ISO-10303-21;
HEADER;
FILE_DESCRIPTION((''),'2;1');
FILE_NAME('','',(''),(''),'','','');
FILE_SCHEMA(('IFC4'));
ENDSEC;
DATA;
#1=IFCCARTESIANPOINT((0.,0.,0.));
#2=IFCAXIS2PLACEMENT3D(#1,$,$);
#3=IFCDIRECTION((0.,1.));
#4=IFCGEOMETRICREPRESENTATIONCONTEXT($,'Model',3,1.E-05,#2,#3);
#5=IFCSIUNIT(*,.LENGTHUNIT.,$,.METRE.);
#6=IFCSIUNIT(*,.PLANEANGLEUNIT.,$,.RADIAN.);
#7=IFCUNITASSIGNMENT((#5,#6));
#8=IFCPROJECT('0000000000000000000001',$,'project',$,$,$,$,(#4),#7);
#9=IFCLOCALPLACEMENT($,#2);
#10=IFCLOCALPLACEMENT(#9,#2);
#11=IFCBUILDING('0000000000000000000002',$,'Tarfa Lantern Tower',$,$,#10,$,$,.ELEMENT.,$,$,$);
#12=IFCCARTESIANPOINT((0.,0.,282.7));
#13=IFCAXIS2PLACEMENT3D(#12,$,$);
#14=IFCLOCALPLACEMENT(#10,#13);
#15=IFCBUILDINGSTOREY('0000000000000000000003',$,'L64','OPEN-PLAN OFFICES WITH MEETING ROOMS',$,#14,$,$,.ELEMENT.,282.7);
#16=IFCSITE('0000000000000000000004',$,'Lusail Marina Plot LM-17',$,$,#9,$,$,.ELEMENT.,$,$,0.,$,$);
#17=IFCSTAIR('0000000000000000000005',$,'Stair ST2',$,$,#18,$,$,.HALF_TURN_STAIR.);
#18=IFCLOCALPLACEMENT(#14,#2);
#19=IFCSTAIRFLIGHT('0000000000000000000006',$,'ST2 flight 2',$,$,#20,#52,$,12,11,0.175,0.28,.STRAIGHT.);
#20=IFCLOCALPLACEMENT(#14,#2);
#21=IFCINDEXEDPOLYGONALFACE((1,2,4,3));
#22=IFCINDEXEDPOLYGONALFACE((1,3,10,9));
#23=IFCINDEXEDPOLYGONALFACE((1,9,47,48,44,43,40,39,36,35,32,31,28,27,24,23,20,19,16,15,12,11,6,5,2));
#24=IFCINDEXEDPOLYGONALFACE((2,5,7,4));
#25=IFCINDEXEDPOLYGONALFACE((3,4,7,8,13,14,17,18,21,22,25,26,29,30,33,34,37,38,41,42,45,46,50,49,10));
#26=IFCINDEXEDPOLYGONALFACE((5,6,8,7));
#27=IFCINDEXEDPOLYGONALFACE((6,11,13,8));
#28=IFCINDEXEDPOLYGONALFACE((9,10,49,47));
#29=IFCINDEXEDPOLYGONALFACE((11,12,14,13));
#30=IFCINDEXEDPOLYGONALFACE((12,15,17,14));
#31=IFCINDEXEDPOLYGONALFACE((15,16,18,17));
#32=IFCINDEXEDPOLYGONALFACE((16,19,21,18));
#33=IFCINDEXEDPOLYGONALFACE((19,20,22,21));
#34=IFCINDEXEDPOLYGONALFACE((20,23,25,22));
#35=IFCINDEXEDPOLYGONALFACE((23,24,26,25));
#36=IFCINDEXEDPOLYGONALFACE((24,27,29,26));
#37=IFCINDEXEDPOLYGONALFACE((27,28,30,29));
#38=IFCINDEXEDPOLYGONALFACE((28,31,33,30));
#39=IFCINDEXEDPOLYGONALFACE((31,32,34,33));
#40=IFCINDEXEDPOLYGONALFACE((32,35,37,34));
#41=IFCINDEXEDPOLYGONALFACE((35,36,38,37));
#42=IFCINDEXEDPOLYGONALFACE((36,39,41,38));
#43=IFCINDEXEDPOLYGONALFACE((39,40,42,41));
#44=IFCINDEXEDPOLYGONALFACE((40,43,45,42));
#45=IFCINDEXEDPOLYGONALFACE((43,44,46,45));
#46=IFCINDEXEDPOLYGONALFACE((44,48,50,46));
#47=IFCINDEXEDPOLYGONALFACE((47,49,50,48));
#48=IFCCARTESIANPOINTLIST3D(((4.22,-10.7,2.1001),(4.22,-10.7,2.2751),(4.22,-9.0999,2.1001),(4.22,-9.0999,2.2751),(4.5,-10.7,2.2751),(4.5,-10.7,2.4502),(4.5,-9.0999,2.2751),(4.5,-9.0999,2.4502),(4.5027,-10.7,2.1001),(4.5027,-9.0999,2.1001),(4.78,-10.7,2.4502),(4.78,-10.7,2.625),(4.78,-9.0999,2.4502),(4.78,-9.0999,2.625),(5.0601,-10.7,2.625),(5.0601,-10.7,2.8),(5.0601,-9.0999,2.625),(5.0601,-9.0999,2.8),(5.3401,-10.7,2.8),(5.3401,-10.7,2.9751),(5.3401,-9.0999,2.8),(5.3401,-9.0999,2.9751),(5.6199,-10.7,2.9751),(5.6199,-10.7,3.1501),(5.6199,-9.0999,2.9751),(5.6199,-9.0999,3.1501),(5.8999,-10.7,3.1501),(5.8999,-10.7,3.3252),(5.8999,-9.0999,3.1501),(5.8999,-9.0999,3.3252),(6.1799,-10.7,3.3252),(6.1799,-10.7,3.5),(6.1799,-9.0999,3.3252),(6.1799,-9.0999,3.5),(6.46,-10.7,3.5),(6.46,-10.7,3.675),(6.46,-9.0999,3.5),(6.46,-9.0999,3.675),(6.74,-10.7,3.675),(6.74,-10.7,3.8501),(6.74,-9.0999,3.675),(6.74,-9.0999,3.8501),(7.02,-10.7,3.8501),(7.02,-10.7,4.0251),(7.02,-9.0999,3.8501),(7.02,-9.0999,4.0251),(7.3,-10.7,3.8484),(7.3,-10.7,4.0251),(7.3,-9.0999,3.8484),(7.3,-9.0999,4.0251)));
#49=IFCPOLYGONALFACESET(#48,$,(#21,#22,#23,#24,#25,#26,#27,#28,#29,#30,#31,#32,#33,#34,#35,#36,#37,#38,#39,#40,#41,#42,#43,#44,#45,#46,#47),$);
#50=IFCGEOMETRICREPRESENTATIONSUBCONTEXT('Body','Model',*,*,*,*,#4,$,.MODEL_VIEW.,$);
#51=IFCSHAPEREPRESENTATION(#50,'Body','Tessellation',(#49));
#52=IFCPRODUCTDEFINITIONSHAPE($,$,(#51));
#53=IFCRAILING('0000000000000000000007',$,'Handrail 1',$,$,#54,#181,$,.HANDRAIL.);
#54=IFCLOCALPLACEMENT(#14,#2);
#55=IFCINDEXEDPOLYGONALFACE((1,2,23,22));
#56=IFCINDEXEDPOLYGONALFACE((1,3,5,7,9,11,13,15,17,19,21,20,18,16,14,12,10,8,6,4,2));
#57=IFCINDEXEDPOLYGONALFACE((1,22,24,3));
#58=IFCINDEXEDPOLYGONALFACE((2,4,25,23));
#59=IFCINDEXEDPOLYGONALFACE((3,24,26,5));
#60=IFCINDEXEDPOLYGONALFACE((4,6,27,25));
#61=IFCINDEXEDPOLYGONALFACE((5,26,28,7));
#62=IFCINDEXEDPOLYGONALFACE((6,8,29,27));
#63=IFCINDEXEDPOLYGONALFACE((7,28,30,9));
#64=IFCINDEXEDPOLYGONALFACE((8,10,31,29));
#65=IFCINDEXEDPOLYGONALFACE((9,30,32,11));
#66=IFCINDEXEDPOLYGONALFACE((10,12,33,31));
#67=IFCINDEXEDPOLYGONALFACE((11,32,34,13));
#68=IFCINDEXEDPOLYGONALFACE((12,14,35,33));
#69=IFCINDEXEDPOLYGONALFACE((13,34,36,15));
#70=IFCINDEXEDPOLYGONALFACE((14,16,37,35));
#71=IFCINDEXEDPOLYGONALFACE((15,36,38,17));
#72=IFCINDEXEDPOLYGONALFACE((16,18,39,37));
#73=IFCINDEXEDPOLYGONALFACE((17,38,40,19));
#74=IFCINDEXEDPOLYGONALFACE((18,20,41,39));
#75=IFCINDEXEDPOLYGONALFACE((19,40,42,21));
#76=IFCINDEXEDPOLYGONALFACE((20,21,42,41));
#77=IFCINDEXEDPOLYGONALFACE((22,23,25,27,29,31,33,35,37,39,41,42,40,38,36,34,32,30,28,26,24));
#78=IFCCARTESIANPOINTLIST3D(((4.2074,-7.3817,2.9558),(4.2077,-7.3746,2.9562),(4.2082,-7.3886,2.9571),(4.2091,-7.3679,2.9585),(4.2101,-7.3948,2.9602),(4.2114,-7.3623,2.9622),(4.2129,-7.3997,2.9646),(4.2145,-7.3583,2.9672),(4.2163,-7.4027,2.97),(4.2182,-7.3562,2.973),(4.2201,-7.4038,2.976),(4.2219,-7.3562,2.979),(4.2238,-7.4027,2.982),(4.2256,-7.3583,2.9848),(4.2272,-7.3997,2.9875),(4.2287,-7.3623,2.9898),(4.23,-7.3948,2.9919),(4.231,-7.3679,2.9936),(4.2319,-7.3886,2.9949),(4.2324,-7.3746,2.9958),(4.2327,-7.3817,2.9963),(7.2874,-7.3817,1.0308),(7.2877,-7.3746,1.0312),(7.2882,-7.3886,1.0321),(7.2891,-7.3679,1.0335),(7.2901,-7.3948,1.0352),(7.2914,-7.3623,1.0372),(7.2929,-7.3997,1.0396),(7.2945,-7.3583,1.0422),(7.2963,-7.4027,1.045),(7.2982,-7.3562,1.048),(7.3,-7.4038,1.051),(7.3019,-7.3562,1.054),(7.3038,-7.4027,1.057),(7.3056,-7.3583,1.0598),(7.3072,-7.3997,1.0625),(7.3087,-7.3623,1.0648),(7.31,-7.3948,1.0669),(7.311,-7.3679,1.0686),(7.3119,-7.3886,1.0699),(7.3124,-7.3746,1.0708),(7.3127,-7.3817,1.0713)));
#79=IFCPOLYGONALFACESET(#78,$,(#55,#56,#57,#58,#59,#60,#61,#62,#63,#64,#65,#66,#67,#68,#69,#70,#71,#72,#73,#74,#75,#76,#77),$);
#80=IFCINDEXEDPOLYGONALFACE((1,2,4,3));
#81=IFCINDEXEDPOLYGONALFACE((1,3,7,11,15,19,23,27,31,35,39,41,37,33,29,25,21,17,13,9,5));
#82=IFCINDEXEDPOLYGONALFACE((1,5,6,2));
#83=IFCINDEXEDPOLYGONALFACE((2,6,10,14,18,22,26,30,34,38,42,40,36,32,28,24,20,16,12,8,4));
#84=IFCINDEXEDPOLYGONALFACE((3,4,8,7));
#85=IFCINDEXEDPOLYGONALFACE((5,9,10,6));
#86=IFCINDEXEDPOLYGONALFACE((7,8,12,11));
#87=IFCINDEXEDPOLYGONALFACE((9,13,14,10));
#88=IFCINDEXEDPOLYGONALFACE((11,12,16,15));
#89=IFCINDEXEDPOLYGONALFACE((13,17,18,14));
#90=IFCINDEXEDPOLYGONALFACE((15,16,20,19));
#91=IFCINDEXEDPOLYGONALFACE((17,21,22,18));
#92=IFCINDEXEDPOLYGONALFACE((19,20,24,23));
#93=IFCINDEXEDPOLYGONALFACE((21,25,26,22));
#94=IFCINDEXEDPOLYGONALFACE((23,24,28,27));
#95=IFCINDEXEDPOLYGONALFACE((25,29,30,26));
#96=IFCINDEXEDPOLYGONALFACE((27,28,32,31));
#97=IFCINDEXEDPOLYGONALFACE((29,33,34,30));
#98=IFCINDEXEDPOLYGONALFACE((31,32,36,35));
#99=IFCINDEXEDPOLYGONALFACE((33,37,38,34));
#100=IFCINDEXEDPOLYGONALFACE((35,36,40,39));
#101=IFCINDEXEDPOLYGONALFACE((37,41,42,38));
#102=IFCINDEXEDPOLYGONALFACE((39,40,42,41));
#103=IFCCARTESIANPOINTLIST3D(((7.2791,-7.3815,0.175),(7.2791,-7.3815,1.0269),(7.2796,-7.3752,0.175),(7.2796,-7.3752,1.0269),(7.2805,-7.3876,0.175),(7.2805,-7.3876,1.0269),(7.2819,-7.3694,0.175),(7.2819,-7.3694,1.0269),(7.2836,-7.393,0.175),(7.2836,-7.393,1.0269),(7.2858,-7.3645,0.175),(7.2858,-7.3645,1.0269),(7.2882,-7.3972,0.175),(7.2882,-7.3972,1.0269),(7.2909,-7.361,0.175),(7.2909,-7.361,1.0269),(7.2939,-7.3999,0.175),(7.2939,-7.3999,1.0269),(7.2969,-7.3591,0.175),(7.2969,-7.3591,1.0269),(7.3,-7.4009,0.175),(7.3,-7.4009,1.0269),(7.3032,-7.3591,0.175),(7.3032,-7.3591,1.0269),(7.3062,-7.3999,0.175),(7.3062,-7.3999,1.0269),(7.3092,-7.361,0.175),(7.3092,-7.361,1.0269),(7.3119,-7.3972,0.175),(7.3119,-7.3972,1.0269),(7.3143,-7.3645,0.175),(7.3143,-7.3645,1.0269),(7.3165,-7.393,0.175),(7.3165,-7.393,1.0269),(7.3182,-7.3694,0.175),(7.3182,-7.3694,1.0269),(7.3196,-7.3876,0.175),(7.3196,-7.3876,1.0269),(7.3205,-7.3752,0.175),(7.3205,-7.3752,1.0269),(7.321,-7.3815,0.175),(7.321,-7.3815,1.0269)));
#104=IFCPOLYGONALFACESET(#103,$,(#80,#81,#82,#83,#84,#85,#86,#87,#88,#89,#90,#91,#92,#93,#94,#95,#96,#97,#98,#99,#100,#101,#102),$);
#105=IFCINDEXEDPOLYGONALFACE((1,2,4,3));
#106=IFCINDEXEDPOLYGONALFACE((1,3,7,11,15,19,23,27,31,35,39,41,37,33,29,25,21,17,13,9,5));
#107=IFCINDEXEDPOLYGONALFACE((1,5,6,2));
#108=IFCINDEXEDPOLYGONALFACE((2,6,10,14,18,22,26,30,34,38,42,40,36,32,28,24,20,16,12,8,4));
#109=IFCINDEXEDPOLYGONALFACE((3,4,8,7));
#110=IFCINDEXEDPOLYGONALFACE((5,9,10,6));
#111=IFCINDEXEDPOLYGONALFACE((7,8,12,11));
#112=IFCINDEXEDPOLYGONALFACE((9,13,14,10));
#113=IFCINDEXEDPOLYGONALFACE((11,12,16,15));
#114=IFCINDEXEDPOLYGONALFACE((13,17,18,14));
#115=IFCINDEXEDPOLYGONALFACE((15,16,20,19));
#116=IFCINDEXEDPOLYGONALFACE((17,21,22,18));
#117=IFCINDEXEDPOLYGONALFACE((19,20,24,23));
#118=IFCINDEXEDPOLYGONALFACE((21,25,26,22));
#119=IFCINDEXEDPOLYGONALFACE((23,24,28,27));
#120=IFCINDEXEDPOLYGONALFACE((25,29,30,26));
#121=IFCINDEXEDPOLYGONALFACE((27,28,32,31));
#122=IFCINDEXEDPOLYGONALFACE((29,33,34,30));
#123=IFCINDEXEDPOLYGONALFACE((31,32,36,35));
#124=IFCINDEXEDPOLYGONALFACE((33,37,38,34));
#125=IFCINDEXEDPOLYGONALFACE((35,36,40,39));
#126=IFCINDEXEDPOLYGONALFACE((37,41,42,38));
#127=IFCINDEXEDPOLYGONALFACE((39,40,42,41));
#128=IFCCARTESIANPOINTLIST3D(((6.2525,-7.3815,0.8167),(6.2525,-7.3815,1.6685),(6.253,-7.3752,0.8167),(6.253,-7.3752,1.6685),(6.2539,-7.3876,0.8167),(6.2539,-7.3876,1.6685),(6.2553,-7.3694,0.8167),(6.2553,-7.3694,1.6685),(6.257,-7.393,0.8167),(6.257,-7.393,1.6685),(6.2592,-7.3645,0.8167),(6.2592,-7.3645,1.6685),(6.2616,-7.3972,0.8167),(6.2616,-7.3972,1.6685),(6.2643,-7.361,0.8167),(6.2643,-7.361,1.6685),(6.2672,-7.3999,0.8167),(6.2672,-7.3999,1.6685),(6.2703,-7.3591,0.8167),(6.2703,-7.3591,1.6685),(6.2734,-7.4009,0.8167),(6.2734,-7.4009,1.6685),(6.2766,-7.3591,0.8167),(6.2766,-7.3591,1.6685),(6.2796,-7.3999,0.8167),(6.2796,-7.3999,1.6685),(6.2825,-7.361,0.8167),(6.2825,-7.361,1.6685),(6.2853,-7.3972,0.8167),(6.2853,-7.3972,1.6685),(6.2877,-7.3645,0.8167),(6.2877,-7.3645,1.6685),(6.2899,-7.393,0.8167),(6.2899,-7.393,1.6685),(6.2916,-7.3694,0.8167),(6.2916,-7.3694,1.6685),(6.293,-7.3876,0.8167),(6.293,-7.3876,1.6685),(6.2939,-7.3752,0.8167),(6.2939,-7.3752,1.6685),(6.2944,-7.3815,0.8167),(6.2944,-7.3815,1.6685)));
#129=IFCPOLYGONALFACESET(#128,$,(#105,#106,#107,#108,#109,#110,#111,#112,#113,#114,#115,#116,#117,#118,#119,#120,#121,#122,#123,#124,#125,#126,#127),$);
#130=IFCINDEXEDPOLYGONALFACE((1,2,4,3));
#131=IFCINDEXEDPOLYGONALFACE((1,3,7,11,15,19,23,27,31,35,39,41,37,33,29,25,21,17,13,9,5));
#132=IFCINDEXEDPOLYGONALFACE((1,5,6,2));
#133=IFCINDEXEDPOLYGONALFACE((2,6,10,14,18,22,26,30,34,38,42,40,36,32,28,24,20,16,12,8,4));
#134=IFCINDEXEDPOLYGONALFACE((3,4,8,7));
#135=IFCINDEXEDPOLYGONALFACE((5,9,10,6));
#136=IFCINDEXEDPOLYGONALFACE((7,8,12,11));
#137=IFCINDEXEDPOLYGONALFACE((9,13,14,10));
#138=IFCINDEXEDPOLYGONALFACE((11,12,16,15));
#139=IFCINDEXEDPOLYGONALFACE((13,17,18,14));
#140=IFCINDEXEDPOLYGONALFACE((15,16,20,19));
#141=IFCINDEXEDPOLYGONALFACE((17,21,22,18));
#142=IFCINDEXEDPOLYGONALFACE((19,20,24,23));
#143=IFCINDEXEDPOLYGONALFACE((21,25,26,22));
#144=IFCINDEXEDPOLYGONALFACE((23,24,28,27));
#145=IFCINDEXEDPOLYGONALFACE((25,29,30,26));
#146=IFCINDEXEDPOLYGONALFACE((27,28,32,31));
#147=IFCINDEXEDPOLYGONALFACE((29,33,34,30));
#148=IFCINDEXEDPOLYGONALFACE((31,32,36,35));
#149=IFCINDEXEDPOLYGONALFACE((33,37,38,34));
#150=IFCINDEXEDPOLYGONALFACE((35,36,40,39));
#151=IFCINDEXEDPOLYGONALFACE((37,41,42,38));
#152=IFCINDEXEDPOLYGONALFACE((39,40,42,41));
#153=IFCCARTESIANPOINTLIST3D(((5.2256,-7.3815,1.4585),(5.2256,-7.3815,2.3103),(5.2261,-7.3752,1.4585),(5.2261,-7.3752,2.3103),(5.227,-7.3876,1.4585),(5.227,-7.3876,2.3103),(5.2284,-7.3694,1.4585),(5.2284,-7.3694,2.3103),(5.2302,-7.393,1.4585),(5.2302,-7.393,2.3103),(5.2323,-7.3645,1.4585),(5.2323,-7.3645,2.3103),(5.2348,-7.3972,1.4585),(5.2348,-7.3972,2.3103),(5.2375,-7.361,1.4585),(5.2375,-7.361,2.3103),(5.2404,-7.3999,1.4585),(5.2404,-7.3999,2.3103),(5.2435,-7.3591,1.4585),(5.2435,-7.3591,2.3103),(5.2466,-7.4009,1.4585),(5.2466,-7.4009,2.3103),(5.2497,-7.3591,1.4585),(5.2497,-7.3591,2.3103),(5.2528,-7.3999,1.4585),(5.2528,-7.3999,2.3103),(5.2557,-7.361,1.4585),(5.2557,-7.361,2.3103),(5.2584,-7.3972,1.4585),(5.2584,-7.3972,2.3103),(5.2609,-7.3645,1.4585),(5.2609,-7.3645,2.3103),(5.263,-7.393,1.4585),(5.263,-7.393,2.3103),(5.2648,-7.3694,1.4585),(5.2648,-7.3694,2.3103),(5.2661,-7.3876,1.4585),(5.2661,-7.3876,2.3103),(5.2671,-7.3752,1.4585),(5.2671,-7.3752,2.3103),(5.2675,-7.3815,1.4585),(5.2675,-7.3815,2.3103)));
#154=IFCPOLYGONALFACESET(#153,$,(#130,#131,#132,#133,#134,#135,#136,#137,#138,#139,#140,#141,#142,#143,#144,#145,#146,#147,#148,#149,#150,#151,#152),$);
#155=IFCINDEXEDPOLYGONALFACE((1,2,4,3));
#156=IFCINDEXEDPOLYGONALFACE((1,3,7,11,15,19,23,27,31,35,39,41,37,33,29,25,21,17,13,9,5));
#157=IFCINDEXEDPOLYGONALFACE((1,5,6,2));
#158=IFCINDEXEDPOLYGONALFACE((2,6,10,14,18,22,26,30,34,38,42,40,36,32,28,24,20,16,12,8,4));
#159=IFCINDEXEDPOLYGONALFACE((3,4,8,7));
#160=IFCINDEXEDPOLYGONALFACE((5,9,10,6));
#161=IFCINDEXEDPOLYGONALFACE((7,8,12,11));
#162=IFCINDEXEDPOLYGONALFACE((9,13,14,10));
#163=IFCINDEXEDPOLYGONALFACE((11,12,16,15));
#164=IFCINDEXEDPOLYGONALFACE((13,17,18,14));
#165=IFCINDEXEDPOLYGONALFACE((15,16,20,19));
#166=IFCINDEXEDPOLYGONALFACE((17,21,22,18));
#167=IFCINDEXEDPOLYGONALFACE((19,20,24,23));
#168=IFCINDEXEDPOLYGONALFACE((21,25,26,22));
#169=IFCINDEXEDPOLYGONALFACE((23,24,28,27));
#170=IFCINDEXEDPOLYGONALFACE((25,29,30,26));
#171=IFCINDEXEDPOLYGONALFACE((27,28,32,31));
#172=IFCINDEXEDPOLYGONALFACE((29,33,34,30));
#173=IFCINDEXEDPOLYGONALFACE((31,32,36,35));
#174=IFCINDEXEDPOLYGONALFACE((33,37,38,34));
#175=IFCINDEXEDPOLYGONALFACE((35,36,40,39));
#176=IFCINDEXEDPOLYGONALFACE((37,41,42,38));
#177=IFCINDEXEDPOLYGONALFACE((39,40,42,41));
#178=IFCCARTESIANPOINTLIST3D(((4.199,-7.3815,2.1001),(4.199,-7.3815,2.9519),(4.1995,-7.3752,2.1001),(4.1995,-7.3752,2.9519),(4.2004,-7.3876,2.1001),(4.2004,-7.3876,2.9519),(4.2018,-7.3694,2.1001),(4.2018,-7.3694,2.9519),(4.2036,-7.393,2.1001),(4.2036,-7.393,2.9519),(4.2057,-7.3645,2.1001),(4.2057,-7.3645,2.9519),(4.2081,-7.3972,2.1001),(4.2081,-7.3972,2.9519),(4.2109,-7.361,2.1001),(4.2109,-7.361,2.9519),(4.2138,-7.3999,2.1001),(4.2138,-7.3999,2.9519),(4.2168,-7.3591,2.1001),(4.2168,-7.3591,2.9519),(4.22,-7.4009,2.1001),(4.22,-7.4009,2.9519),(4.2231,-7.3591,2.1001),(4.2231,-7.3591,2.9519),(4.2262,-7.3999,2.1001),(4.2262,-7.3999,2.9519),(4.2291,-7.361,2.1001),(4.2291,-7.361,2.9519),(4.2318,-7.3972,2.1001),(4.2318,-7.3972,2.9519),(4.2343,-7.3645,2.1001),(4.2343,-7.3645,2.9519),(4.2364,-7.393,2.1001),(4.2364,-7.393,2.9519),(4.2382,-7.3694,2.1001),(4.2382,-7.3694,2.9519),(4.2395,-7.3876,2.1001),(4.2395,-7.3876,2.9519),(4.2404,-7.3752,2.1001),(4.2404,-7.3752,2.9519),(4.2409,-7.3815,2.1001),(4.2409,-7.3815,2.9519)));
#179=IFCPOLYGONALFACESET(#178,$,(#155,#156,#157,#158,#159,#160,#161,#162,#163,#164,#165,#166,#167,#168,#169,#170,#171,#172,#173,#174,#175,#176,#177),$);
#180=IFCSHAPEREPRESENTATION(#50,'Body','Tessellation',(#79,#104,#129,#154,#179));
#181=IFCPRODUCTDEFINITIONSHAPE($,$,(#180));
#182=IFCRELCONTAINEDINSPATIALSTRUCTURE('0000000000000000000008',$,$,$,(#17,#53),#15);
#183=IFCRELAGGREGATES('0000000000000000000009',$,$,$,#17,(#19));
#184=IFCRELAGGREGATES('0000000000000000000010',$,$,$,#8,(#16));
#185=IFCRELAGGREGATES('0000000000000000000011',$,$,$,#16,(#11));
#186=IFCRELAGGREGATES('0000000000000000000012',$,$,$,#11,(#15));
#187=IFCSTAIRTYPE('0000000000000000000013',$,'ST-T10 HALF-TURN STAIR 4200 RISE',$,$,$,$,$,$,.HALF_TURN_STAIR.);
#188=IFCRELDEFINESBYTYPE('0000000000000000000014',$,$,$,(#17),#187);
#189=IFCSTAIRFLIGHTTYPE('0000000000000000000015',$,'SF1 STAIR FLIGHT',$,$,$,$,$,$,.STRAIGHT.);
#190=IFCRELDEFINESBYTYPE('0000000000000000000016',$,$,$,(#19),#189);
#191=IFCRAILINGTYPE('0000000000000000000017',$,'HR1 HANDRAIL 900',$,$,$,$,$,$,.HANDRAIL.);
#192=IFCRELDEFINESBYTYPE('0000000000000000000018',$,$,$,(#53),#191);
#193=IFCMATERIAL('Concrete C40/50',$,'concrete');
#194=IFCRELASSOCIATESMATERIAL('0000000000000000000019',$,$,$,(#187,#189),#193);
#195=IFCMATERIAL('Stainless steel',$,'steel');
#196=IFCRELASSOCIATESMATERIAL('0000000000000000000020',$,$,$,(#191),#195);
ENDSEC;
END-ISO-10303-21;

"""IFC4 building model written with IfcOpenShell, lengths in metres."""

from ifc_helpers import new_model, si_unit, direction, frame, origin, origin_2d, place, context, subcontext, project, spatial, polyline, circle, outline, extrude, material, type_object, element, aggregate, save


model = new_model("IFC4")

# Units and contexts
model_context = context("Model", 3, precision=1e-05, world=origin(), true_north=direction((0.0, 1.0)))
body_context = subcontext(model_context, "Body", "Model", "MODEL_VIEW")
ifc_project = project(units=[si_unit("LENGTHUNIT", "METRE"), si_unit("PLANEANGLEUNIT", "RADIAN")], contexts=[model_context])

# Site, building, storey
site_placement = place(None, origin())
site = spatial("IfcSite", under=ifc_project, at=site_placement, Name="Lusail Marina Plot LM-17", CompositionType="ELEMENT", RefElevation=0.0)
building_placement = place(site_placement, origin())
building = spatial("IfcBuilding", under=site, at=building_placement, Name="Tarfa Lantern Tower", CompositionType="ELEMENT")
storey_placement = place(building_placement, frame((0.0, 0.0, 282.7)))
storey = spatial("IfcBuildingStorey", under=building, at=storey_placement, Name="L64", Description="OPEN-PLAN OFFICES WITH MEETING ROOMS", CompositionType="ELEMENT", Elevation=282.7)

# Stair, stair flight
ifc_material_1 = material(Name="Concrete C40/50", Category="concrete")
stair_type = type_object("IfcStairType", Name="ST-T10 HALF-TURN STAIR 4200 RISE", PredefinedType="HALF_TURN_STAIR", material=ifc_material_1)
stair_placement = place(storey_placement, origin())
stair = element("IfcStair", 1, at=stair_placement, inside=storey, type_object=stair_type, Name="Stair ST2", PredefinedType="HALF_TURN_STAIR")
stair_flight_type = type_object("IfcStairFlightType", Name="SF1 STAIR FLIGHT", PredefinedType="STRAIGHT", material=ifc_material_1)
stair_flight_1_placement = place(storey_placement, frame((4.22, -9.8999, 2.1001), z_axis=(0.0, 0.0, 1.0), x_axis=(1.0, 0.0, 0.0)))
stair_flight_1 = element("IfcStairFlight", 2, at=stair_flight_1_placement, type_object=stair_flight_type, Name="ST2 flight 2", NumberOfRisers=12, NumberOfTreads=11, PredefinedType="STRAIGHT", RiserHeight=0.175, TreadLength=0.28, context=body_context, shape_type="SweptSolid", body=[
    extrude(outline(polyline([(0.0, 0.0), (0.0, 0.175), (0.28, 0.175), (0.28, 0.3501), (0.5601, 0.3501), (0.5601, 0.5249), (0.8401, 0.5249), (0.8401, 0.7), (1.1201, 0.7), (1.1201, 0.875), (1.3999, 0.875), (1.3999, 1.05), (1.6799, 1.05), (1.6799, 1.2251), (1.96, 1.2251), (1.96, 1.3999), (2.24, 1.3999), (2.24, 1.575), (2.52, 1.575), (2.52, 1.75), (2.8, 1.75), (2.8, 1.925), (3.0801, 1.925), (3.0801, 2.1001), (3.0801, 1.7483), (0.2827, 0.0), (0.0, 0.0)])), frame((0.0, 0.8, 0.0), z_axis=(0.0, -1.0, 0.0), x_axis=(1.0, 0.0, 0.0)), (0.0, 0.0, 1.0), 1.6001),
])
aggregate(stair, [stair_flight_1])

# Railing
ifc_material_2 = material(Name="Stainless steel", Category="steel")
railing_type = type_object("IfcRailingType", Name="HR1 HANDRAIL 900", PredefinedType="HANDRAIL", material=ifc_material_2)
railing_1_placement = place(storey_placement, frame((7.3, -7.3799, 0.175)))
element("IfcRailing", 3, at=railing_1_placement, inside=storey, type_object=railing_type, Name="Handrail 1", PredefinedType="HANDRAIL", context=body_context, shape_type="SweptSolid", body=[
    extrude(circle(Radius=0.0239, at=origin_2d()), frame((0.0, 0.0, 0.876), z_axis=(-0.847998, 0.0, 0.529999), x_axis=(0.0, -1.0, 0.0)), (0.0, 0.0, 1.0), 3.6321),
    extrude(circle(Radius=0.021, at=origin_2d()), frame((0.0, 0.0, 0.0), z_axis=(0.0, 0.0, 1.0), x_axis=(0.0, -1.0, 0.0)), (0.0, 0.0, 1.0), 0.8518),
    extrude(circle(Radius=0.021, at=origin_2d()), frame((-1.0266, 0.0, 0.6416), z_axis=(0.0, 0.0, 1.0), x_axis=(0.0, -1.0, 0.0)), (0.0, 0.0, 1.0), 0.8518),
    extrude(circle(Radius=0.021, at=origin_2d()), frame((-2.0535, 0.0, 1.2834), z_axis=(0.0, 0.0, 1.0), x_axis=(0.0, -1.0, 0.0)), (0.0, 0.0, 1.0), 0.8518),
    extrude(circle(Radius=0.021, at=origin_2d()), frame((-3.0801, 0.0, 1.925), z_axis=(0.0, 0.0, 1.0), x_axis=(0.0, -1.0, 0.0)), (0.0, 0.0, 1.0), 0.8518),
])

save(model, "model.ifc")
